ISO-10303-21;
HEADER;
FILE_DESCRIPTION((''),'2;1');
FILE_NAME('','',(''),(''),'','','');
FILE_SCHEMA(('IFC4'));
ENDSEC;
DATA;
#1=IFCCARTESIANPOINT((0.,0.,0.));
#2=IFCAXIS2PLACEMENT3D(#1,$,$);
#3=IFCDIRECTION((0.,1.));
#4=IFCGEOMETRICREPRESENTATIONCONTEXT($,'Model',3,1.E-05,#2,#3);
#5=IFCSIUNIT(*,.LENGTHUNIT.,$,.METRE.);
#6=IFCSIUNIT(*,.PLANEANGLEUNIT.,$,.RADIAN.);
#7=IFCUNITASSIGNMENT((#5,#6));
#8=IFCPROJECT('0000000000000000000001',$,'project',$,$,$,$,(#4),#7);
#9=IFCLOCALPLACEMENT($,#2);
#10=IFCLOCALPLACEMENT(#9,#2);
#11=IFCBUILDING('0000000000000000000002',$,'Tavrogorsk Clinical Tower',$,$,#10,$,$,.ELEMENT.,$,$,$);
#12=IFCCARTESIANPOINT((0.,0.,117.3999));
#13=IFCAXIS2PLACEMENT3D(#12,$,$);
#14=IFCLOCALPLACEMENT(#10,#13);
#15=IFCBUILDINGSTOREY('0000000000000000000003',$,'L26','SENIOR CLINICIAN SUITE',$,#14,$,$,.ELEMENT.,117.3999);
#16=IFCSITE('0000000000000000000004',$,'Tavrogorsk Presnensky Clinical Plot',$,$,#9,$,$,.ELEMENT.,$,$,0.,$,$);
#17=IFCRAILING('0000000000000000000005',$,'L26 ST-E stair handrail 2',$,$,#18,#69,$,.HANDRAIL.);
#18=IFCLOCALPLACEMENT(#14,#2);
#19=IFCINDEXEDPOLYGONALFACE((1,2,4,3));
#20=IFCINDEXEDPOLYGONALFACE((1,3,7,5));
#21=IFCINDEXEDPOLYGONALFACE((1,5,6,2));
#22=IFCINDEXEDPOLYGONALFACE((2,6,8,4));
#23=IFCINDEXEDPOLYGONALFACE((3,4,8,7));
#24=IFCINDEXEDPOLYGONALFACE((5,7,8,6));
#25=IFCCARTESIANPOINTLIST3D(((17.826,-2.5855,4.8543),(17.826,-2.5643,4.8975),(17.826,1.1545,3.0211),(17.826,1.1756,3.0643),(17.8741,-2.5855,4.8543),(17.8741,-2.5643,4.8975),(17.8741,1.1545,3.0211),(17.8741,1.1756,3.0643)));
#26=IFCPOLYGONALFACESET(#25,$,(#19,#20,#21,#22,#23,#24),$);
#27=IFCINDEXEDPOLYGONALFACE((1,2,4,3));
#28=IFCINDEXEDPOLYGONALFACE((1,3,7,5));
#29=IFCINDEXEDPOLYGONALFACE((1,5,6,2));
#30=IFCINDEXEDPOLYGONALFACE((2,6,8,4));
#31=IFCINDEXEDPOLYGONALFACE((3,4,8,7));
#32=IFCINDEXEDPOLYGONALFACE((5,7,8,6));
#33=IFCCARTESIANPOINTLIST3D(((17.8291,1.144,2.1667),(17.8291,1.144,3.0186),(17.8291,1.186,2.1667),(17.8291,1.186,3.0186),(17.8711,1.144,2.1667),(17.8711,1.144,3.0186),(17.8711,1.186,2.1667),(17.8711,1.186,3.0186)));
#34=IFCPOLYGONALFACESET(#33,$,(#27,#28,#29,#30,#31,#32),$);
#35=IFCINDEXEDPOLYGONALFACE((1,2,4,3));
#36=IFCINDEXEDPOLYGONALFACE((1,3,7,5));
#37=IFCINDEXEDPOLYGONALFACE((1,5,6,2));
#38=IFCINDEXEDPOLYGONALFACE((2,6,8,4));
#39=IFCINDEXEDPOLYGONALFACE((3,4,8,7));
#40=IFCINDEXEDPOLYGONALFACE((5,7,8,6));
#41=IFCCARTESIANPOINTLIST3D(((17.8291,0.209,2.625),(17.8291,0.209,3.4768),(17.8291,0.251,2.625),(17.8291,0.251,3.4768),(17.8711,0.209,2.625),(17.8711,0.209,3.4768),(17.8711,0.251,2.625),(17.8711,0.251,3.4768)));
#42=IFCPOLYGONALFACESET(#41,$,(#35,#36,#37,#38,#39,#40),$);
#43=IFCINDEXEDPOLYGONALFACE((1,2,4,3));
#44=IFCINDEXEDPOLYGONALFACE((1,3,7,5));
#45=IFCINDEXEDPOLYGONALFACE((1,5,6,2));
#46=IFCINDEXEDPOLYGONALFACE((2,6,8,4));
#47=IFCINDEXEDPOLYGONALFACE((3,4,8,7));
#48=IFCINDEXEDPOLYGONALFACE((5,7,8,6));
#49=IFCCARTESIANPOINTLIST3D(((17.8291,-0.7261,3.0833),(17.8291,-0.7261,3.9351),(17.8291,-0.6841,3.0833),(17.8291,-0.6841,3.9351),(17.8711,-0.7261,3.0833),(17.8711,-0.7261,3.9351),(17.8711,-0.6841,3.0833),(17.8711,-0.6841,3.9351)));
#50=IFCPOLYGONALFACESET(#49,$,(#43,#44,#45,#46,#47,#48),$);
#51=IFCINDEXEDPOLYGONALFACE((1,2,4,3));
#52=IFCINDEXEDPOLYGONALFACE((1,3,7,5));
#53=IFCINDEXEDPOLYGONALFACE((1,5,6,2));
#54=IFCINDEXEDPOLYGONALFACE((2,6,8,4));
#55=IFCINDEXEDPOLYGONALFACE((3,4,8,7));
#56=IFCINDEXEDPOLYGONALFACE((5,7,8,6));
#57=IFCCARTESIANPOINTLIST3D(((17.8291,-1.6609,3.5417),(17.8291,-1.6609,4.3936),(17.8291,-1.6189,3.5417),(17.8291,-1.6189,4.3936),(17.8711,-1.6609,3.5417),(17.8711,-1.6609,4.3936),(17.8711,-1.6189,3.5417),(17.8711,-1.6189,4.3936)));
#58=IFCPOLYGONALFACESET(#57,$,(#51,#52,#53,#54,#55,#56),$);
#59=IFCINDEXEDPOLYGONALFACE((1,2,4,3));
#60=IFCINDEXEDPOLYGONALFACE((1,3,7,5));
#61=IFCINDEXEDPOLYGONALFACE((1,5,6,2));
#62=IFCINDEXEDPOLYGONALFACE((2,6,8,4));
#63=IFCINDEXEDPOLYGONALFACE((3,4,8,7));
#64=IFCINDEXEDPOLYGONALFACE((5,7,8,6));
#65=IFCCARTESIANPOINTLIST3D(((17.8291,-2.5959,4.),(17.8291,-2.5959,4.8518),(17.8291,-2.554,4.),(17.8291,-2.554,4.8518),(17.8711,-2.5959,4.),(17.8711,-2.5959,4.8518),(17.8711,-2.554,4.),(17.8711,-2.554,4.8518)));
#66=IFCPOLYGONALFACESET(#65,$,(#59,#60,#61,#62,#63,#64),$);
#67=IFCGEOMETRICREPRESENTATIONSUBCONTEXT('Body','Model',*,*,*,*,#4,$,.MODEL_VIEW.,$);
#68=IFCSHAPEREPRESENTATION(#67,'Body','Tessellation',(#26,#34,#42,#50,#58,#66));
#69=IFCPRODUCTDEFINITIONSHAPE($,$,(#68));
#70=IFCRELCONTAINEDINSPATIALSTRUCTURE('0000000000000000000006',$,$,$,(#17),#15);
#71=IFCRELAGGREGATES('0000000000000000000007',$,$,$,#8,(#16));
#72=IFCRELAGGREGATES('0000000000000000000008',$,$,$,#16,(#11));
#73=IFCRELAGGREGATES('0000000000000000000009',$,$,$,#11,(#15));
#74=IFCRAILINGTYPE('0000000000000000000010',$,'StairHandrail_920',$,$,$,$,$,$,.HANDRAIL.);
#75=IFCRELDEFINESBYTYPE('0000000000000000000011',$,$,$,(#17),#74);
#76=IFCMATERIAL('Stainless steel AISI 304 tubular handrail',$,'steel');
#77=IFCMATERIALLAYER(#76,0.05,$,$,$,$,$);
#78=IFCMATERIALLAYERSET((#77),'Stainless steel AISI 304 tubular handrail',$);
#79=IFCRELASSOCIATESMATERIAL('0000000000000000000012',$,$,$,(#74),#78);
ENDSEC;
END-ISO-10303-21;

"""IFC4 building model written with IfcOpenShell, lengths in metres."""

from ifc_helpers import new_model, si_unit, direction, frame, origin, origin_2d, place, context, subcontext, project, spatial, rectangle, extrude, material, layer, layer_set, type_object, element, save


model = new_model("IFC4")

# Units and contexts
model_context = context("Model", 3, precision=1e-05, world=origin(), true_north=direction((0.0, 1.0)))
body_context = subcontext(model_context, "Body", "Model", "MODEL_VIEW")
ifc_project = project(units=[si_unit("LENGTHUNIT", "METRE"), si_unit("PLANEANGLEUNIT", "RADIAN")], contexts=[model_context])

# Site, building, storey
site_placement = place(None, origin())
site = spatial("IfcSite", under=ifc_project, at=site_placement, Name="Tavrogorsk Presnensky Clinical Plot", CompositionType="ELEMENT", RefElevation=0.0)
building_placement = place(site_placement, origin())
building = spatial("IfcBuilding", under=site, at=building_placement, Name="Tavrogorsk Clinical Tower", CompositionType="ELEMENT")
storey_placement = place(building_placement, frame((0.0, 0.0, 117.3999)))
storey = spatial("IfcBuildingStorey", under=building, at=storey_placement, Name="L26", Description="SENIOR CLINICIAN SUITE", CompositionType="ELEMENT", Elevation=117.3999)

# Railing
ifc_material_1 = material(Name="Stainless steel AISI 304 tubular handrail", Category="steel")
ifc_layer_1 = layer(ifc_material_1, 0.05)
ifc_layer_set_1 = layer_set([ifc_layer_1], Name="Stainless steel AISI 304 tubular handrail")
railing_type = type_object("IfcRailingType", Name="StairHandrail_920", PredefinedType="HANDRAIL", material=ifc_layer_set_1)
railing_placement = place(storey_placement, frame((17.8501, 1.165, 2.1667)))
element("IfcRailing", 1, at=railing_placement, inside=storey, type_object=railing_type, Name="L26 ST-E stair handrail 2", PredefinedType="HANDRAIL", context=body_context, shape_type="SweptSolid", body=[
    extrude(rectangle(XDim=0.0481, YDim=0.0481, at=origin_2d()), frame((0.0, 0.0, 0.876), z_axis=(0.0, -0.897928, 0.440142), x_axis=(1.0, 0.0, 0.0)), (0.0, 0.0, 1.0), 4.165),
    extrude(rectangle(XDim=0.042, YDim=0.042, at=origin_2d()), origin(), (0.0, 0.0, 1.0), 0.8518),
    extrude(rectangle(XDim=0.042, YDim=0.042, at=origin_2d()), frame((0.0, -0.9351, 0.4583)), (0.0, 0.0, 1.0), 0.8518),
    extrude(rectangle(XDim=0.042, YDim=0.042, at=origin_2d()), frame((0.0, -1.8701, 0.9165)), (0.0, 0.0, 1.0), 0.8518),
    extrude(rectangle(XDim=0.042, YDim=0.042, at=origin_2d()), frame((0.0, -2.8049, 1.375)), (0.0, 0.0, 1.0), 0.8518),
    extrude(rectangle(XDim=0.042, YDim=0.042, at=origin_2d()), frame((0.0, -3.74, 1.8333)), (0.0, 0.0, 1.0), 0.8518),
])

save(model, "model.ifc")
